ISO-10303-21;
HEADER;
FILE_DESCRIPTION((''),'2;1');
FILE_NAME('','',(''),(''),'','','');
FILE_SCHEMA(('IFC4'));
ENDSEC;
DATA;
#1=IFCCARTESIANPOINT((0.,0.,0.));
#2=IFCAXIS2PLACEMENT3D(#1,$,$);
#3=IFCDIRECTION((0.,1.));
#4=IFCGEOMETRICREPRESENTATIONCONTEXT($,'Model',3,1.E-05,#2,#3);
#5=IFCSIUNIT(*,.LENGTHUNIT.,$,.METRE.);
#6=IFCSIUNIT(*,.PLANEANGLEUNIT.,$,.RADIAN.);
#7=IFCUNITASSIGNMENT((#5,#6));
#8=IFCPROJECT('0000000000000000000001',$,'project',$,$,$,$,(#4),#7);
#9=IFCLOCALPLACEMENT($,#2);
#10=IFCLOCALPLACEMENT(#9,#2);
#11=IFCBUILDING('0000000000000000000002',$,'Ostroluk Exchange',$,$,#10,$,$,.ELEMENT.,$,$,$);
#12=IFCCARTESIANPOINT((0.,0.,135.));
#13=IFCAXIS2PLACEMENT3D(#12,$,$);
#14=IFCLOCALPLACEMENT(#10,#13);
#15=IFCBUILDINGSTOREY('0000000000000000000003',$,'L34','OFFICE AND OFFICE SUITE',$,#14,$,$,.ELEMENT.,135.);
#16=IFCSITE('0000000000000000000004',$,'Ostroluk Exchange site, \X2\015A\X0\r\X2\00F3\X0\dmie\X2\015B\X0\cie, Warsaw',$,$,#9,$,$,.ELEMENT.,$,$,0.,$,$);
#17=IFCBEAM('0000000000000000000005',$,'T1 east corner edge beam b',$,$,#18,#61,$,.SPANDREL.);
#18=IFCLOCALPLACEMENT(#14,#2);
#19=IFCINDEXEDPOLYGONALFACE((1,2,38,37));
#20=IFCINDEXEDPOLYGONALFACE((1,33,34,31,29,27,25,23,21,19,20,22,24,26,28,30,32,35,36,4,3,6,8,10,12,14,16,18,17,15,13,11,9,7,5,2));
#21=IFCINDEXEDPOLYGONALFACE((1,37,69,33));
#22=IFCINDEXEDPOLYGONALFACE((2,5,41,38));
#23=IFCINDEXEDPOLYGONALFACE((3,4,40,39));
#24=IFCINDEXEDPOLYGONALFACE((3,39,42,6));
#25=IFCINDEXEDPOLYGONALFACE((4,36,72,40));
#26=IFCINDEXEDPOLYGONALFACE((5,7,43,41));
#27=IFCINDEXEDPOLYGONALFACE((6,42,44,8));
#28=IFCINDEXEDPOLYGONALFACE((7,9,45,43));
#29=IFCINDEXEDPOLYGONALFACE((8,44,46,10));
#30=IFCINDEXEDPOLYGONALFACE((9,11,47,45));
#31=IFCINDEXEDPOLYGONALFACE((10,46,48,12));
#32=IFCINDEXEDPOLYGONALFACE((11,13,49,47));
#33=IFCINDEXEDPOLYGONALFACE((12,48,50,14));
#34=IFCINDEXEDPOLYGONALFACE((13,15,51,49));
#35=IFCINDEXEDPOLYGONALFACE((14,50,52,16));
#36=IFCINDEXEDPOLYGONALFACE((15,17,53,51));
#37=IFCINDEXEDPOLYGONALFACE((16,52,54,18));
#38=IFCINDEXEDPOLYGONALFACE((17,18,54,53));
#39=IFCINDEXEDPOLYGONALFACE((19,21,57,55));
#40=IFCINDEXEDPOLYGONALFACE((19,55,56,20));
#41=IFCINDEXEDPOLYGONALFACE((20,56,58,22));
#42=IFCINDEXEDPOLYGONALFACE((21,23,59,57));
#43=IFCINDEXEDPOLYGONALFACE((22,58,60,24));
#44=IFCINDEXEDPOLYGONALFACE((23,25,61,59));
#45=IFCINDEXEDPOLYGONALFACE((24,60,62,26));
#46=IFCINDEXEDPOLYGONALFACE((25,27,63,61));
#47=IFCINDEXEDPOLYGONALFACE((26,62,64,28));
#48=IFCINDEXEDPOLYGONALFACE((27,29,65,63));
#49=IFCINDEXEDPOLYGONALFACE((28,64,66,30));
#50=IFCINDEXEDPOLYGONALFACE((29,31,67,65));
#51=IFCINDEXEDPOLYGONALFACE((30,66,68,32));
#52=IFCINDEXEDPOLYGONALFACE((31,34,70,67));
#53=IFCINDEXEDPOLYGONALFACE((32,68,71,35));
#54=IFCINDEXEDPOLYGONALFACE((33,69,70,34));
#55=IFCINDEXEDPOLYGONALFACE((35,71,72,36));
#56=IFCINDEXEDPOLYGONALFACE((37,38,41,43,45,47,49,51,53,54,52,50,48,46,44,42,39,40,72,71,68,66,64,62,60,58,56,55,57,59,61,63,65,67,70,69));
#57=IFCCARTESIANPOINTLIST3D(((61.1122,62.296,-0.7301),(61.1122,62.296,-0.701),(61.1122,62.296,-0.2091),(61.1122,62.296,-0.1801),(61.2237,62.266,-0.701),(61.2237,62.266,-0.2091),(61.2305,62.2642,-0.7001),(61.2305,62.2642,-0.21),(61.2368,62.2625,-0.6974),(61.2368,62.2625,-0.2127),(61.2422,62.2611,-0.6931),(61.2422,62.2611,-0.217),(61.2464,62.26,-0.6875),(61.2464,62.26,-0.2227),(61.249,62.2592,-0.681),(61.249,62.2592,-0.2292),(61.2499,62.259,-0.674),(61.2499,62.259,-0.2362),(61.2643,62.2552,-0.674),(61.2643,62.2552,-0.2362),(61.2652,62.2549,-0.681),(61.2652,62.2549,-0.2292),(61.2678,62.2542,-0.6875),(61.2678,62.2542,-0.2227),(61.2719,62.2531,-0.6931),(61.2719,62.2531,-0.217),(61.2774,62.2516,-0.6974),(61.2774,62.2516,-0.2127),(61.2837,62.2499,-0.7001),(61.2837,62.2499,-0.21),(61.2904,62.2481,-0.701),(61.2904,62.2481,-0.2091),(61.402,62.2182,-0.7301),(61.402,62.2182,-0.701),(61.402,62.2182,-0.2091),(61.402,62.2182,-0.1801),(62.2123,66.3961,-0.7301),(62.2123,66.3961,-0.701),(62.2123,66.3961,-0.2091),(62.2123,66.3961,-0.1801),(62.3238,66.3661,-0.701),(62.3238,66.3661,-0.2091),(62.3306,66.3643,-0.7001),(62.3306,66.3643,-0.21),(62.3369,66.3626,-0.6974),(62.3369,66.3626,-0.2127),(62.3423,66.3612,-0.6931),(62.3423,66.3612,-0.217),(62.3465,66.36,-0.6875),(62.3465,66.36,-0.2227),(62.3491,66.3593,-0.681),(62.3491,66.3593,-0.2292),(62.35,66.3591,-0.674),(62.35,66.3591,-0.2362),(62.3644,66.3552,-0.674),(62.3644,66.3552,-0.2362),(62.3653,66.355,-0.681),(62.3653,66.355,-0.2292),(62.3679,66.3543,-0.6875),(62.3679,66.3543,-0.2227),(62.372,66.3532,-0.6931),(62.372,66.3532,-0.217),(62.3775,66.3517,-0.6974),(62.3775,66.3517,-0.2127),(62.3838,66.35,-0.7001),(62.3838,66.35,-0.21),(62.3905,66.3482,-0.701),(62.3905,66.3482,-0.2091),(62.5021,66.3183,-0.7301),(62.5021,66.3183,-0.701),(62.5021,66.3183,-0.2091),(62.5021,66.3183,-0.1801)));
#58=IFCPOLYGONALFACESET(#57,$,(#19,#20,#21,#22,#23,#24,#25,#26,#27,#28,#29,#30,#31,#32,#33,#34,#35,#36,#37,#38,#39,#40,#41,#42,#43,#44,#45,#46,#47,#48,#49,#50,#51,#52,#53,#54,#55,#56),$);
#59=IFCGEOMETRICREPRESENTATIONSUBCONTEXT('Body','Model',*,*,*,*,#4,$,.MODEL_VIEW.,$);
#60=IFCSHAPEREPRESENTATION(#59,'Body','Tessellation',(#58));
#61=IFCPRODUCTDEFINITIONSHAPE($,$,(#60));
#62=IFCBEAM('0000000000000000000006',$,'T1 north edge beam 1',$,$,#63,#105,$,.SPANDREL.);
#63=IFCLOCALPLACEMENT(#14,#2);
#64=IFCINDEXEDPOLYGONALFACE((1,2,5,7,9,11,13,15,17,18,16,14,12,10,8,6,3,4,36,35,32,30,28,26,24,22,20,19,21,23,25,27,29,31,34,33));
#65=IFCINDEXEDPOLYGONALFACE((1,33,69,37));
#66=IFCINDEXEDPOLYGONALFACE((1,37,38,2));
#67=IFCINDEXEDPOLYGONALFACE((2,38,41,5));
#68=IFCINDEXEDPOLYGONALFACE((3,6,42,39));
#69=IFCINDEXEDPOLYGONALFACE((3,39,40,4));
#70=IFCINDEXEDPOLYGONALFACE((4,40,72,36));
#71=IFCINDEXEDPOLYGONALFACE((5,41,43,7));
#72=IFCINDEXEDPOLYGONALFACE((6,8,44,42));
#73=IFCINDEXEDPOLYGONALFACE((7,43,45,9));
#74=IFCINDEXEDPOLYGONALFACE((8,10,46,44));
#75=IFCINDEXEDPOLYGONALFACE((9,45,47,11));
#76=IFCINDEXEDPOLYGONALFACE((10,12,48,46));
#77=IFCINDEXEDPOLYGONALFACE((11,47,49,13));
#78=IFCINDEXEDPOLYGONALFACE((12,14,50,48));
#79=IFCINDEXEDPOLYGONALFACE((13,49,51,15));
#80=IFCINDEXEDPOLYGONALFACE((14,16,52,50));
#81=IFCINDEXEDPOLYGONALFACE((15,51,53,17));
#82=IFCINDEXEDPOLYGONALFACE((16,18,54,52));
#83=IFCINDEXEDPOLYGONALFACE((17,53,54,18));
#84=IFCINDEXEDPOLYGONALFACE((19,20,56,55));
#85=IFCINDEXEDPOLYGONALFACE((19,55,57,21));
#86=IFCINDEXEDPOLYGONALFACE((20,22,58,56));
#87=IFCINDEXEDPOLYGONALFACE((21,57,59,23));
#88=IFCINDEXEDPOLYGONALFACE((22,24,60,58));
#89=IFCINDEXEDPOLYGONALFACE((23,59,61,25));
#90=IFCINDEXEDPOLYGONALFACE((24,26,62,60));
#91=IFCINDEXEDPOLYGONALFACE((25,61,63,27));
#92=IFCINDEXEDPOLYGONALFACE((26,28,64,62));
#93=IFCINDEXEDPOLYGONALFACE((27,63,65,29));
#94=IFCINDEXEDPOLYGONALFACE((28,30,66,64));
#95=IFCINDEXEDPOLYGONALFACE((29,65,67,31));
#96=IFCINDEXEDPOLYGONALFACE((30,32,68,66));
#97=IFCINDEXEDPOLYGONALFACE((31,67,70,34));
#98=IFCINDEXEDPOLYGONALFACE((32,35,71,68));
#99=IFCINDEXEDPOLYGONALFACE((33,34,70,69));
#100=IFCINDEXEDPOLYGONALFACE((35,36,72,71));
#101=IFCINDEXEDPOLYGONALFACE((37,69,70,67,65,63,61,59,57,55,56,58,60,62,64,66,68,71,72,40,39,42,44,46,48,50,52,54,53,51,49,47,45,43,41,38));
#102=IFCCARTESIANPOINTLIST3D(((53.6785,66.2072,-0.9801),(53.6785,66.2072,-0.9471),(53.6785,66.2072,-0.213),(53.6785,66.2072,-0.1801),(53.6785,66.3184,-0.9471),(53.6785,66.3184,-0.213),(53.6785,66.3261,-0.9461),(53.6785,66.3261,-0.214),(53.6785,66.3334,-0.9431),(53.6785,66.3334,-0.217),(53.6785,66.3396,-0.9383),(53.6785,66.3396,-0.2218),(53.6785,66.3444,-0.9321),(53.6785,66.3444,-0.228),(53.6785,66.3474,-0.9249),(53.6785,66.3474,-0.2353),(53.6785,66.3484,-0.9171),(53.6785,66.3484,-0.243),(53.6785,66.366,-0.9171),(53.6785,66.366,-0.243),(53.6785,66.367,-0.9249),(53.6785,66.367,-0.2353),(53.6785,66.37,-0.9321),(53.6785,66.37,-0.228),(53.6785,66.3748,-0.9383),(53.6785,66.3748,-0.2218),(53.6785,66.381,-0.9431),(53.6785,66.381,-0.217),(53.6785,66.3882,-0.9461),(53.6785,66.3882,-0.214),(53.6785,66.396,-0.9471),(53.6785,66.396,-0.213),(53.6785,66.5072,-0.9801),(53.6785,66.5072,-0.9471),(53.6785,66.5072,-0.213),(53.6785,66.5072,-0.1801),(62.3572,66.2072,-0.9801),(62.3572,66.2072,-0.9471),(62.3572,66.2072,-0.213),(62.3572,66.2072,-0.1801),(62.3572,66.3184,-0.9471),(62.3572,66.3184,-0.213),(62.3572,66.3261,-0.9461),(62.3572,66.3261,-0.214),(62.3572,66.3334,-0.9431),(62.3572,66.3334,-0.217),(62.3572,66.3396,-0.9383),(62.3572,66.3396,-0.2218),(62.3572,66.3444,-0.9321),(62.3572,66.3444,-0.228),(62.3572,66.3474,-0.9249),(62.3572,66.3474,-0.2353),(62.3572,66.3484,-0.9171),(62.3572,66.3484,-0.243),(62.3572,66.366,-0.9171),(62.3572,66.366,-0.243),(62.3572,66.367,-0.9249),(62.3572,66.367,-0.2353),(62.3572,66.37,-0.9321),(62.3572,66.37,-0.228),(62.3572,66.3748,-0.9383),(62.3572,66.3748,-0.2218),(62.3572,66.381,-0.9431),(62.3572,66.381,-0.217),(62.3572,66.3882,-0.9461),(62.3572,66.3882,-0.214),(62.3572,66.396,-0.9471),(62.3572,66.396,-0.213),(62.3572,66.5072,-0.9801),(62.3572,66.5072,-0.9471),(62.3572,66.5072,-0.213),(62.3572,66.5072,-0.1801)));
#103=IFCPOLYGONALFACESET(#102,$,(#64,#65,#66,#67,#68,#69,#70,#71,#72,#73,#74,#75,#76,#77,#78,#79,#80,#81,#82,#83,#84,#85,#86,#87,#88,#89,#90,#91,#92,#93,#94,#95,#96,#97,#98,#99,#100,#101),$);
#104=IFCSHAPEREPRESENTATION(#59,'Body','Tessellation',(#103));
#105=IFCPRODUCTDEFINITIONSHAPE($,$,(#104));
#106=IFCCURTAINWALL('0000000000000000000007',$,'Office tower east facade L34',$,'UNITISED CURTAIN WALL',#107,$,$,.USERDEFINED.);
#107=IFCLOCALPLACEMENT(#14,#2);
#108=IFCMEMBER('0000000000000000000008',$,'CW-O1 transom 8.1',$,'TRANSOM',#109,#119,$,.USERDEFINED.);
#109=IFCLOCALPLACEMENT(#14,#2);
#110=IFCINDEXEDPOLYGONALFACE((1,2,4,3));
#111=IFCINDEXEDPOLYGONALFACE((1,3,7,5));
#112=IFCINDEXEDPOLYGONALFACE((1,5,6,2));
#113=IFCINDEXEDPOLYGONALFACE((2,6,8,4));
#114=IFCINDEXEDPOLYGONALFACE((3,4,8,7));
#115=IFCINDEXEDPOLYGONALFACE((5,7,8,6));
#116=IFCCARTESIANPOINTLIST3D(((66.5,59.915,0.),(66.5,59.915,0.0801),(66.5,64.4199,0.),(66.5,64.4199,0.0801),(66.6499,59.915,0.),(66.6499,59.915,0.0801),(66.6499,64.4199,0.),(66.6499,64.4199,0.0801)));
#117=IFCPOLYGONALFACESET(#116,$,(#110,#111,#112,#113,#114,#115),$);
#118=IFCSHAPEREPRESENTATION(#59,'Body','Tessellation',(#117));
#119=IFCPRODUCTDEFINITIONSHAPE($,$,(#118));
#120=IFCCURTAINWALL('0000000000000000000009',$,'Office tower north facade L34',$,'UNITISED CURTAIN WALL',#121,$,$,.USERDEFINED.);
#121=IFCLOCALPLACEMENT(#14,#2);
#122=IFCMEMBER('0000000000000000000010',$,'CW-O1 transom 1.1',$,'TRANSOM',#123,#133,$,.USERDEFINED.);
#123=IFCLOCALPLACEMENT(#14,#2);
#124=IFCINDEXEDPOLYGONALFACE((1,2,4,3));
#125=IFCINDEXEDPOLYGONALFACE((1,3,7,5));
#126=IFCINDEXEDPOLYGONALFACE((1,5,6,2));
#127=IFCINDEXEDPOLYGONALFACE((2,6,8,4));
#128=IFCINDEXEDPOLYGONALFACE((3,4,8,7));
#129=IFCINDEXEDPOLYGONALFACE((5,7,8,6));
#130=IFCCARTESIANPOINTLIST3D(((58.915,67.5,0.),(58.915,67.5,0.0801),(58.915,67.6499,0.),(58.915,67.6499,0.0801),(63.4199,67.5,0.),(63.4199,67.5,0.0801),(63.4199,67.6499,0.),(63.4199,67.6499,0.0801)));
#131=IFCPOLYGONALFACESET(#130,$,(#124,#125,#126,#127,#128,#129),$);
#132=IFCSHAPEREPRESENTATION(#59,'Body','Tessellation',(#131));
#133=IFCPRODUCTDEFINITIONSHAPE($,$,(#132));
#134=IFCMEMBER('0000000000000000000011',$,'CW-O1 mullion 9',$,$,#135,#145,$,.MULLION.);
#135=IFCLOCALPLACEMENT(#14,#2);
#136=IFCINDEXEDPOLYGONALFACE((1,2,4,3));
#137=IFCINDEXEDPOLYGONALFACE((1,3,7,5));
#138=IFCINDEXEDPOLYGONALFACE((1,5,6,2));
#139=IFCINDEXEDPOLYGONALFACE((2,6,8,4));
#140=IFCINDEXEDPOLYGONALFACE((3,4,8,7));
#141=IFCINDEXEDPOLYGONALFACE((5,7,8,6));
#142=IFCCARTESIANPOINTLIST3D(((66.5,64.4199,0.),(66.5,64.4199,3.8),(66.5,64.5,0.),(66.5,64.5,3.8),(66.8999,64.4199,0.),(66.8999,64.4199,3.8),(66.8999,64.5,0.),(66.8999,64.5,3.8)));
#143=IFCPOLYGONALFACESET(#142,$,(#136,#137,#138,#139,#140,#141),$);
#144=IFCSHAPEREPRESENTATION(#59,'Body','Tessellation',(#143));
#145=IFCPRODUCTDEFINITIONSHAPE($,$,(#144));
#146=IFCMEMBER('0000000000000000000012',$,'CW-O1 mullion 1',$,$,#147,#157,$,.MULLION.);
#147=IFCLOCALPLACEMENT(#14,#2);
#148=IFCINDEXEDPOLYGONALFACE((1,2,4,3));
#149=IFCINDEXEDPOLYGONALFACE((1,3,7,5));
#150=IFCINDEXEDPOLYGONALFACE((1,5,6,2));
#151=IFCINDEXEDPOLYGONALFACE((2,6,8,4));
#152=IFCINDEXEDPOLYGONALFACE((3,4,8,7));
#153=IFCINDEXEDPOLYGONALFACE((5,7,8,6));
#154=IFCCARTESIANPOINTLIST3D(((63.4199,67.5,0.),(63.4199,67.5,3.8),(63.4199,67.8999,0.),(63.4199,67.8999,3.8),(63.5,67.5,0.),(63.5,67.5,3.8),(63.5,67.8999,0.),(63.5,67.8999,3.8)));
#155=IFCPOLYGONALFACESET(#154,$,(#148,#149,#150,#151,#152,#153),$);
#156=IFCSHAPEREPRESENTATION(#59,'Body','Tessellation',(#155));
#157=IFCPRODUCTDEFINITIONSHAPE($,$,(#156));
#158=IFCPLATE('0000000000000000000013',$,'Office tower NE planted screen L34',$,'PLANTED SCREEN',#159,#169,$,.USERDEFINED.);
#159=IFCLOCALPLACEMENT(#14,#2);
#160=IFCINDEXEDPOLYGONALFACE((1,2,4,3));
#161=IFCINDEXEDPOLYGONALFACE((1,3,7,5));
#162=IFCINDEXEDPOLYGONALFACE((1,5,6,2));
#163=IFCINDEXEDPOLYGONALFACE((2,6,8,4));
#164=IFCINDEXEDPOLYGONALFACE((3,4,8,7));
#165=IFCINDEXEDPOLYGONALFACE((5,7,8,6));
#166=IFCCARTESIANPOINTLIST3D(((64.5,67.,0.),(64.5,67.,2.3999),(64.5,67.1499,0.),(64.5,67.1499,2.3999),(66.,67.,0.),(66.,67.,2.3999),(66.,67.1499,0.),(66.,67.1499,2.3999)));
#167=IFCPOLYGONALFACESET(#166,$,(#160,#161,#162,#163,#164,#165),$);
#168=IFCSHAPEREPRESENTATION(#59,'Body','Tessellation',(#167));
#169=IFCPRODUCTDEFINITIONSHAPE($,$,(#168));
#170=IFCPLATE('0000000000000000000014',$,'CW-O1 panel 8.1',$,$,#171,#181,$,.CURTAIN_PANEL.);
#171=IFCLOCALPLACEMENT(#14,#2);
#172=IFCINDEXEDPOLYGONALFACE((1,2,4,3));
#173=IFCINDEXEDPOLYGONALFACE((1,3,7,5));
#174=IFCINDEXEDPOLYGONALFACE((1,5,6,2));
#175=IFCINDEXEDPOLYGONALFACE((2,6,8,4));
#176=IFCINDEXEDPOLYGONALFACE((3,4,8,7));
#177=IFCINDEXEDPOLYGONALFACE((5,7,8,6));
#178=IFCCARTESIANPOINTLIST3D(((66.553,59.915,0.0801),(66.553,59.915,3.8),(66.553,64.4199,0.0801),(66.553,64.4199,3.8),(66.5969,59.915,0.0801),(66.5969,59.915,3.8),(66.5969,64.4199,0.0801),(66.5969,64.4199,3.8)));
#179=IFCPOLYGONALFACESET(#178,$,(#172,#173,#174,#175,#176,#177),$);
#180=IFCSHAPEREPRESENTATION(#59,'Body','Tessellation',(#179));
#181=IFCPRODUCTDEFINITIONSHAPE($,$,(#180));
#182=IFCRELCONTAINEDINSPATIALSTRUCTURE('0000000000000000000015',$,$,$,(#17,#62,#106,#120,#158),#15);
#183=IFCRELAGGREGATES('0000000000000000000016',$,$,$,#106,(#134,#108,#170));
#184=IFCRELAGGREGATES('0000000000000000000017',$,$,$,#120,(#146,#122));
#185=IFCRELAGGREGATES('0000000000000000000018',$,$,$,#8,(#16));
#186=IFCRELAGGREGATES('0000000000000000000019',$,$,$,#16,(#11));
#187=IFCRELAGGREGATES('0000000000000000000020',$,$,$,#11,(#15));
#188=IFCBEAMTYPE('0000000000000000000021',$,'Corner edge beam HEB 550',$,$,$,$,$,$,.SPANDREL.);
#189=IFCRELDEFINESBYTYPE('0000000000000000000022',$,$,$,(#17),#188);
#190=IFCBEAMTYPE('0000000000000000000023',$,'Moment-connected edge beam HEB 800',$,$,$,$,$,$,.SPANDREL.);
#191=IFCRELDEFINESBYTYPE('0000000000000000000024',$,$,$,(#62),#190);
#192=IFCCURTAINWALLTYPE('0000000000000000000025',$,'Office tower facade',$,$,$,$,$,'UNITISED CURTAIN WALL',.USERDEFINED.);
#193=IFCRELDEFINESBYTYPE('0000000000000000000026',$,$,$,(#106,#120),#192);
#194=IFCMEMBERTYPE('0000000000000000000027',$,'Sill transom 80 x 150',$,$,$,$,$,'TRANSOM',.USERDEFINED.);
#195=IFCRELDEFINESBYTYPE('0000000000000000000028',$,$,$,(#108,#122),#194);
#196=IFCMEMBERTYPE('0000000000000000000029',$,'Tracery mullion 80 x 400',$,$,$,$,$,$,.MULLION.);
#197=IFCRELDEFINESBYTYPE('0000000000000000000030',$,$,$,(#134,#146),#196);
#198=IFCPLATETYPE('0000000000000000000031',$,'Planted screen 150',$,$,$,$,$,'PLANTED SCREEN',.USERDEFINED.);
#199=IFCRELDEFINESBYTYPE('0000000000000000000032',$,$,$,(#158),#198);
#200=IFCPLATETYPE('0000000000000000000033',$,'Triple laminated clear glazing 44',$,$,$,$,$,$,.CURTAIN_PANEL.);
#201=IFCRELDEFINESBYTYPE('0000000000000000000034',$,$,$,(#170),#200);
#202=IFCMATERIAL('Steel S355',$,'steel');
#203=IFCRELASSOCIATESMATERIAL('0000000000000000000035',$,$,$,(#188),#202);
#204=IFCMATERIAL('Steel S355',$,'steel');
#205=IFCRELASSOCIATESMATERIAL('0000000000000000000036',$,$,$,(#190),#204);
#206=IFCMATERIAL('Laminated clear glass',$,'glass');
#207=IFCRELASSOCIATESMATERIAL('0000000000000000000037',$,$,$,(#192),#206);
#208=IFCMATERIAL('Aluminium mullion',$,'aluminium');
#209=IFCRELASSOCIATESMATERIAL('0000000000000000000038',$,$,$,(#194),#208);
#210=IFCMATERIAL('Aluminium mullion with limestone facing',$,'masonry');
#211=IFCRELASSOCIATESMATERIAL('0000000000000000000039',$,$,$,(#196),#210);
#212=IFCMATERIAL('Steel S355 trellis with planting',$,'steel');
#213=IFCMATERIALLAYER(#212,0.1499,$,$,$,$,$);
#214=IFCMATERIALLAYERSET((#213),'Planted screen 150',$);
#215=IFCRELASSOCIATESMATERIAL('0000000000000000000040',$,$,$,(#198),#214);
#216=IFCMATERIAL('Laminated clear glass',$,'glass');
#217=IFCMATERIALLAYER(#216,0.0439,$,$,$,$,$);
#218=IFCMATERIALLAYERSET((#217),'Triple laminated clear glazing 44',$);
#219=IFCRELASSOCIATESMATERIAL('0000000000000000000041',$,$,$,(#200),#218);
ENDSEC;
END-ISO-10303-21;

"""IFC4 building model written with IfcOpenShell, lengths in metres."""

from ifc_helpers import new_model, si_unit, direction, frame, origin, origin_2d, place, context, subcontext, project, spatial, rectangle, i_section, extrude, material, layer, layer_set, material_profile, profile_set, type_object, element, aggregate, save


model = new_model("IFC4")

# Units and contexts
model_context = context("Model", 3, precision=1e-05, world=origin(), true_north=direction((0.0, 1.0)))
body_context = subcontext(model_context, "Body", "Model", "MODEL_VIEW")
ifc_project = project(units=[si_unit("LENGTHUNIT", "METRE"), si_unit("PLANEANGLEUNIT", "RADIAN")], contexts=[model_context])

# Site, building, storey
site_placement = place(None, origin())
site = spatial("IfcSite", under=ifc_project, at=site_placement, Name="Ostroluk Exchange site, Śródmieście, Warsaw", CompositionType="ELEMENT", RefElevation=0.0)
building_placement = place(site_placement, origin())
building = spatial("IfcBuilding", under=site, at=building_placement, Name="Ostroluk Exchange", CompositionType="ELEMENT")
storey_placement = place(building_placement, frame((0.0, 0.0, 135.0)))
storey = spatial("IfcBuildingStorey", under=building, at=storey_placement, Name="L34", Description="OFFICE AND OFFICE SUITE", CompositionType="ELEMENT", Elevation=135.0)

# Beams
ifc_material_1 = material(Name="Steel S355", Category="steel")
ifc_material_profile_1 = material_profile(ifc_material_1, i_section(OverallWidth=0.3, OverallDepth=0.55, WebThickness=0.0149, FlangeThickness=0.0291, FilletRadius=0.0271, at=origin_2d()), Name="HEB 550")
ifc_profile_set_1 = profile_set([ifc_material_profile_1], Name="Steel S355")
beam_type_1 = type_object("IfcBeamType", Name="Corner edge beam HEB 550", PredefinedType="SPANDREL", material=ifc_profile_set_1)
for number, where, z_axis, x_axis, name in (
    (1, (61.2571, 62.2571, -0.4551), (0.259144, 0.965839, 0.0), (-0.965839, 0.259144, 0.0), "T1 east corner edge beam b"),
):
    element("IfcBeam", number, at=place(storey_placement, frame(where, z_axis=z_axis, x_axis=x_axis)), inside=storey, type_object=beam_type_1, Name=name, PredefinedType="SPANDREL", context=body_context, shape_type="SweptSolid", body=[
        extrude(i_section(OverallWidth=0.3, OverallDepth=0.55, WebThickness=0.0149, FlangeThickness=0.0291, FilletRadius=0.0271, at=origin_2d()), origin(), (0.0, 0.0, 1.0), 4.2451),
    ])
ifc_material_2 = material(Name="Steel S355", Category="steel")
ifc_material_profile_2 = material_profile(ifc_material_2, i_section(OverallWidth=0.3, OverallDepth=0.8, WebThickness=0.0176, FlangeThickness=0.033, FilletRadius=0.03, at=origin_2d()), Name="HEB 800")
ifc_profile_set_2 = profile_set([ifc_material_profile_2], Name="Steel S355")
beam_type_2 = type_object("IfcBeamType", Name="Moment-connected edge beam HEB 800", PredefinedType="SPANDREL", material=ifc_profile_set_2)
beam_1_placement = place(storey_placement, frame((62.3572, 66.3572, -0.5801), z_axis=(-1.0, 0.0, 0.0), x_axis=(0.0, -1.0, 0.0)))
element("IfcBeam", 2, at=beam_1_placement, inside=storey, type_object=beam_type_2, Name="T1 north edge beam 1", PredefinedType="SPANDREL", context=body_context, shape_type="SweptSolid", body=[
    extrude(i_section(OverallWidth=0.3, OverallDepth=0.8, WebThickness=0.0176, FlangeThickness=0.033, FilletRadius=0.03, at=origin_2d()), origin(), (0.0, 0.0, 1.0), 8.6787),
])

# Curtain walls, members
ifc_material_3 = material(Name="Laminated clear glass", Category="glass")
curtain_wall_type = type_object("IfcCurtainWallType", Name="Office tower facade", ElementType="UNITISED CURTAIN WALL", PredefinedType="USERDEFINED", material=ifc_material_3)
curtain_wall_1_placement = place(storey_placement, origin())
curtain_wall_1 = element("IfcCurtainWall", 3, at=curtain_wall_1_placement, inside=storey, type_object=curtain_wall_type, Name="Office tower east facade L34", ObjectType="UNITISED CURTAIN WALL", PredefinedType="USERDEFINED")
ifc_material_4 = material(Name="Aluminium mullion", Category="aluminium")
ifc_material_profile_3 = material_profile(ifc_material_4, rectangle(XDim=0.1499, YDim=0.0801, at=origin_2d()), Name="Sill transom 80 x 150")
ifc_profile_set_3 = profile_set([ifc_material_profile_3], Name="Aluminium mullion")
member_type_1 = type_object("IfcMemberType", Name="Sill transom 80 x 150", ElementType="TRANSOM", PredefinedType="USERDEFINED", material=ifc_profile_set_3)
member_1_placement = place(storey_placement, frame((66.575, 59.915, 0.04), z_axis=(0.0, 1.0, 0.0), x_axis=(-1.0, 0.0, 0.0)))
member_1 = element("IfcMember", 4, at=member_1_placement, type_object=member_type_1, Name="CW-O1 transom 8.1", ObjectType="TRANSOM", PredefinedType="USERDEFINED", context=body_context, shape_type="SweptSolid", body=[
    extrude(rectangle(XDim=0.1499, YDim=0.0801, at=origin_2d()), origin(), (0.0, 0.0, 1.0), 4.5049),
])
curtain_wall_2_placement = place(storey_placement, origin())
curtain_wall_2 = element("IfcCurtainWall", 5, at=curtain_wall_2_placement, inside=storey, type_object=curtain_wall_type, Name="Office tower north facade L34", ObjectType="UNITISED CURTAIN WALL", PredefinedType="USERDEFINED")
member_2_placement = place(storey_placement, frame((63.4199, 67.575, 0.04), z_axis=(-1.0, 0.0, 0.0), x_axis=(0.0, -1.0, 0.0)))
member_2 = element("IfcMember", 6, at=member_2_placement, type_object=member_type_1, Name="CW-O1 transom 1.1", ObjectType="TRANSOM", PredefinedType="USERDEFINED", context=body_context, shape_type="SweptSolid", body=[
    extrude(rectangle(XDim=0.1499, YDim=0.0801, at=origin_2d()), origin(), (0.0, 0.0, 1.0), 4.5049),
])

# Members
ifc_material_5 = material(Name="Aluminium mullion with limestone facing", Category="masonry")
ifc_material_profile_4 = material_profile(ifc_material_5, rectangle(XDim=0.3999, YDim=0.0801, at=origin_2d()), Name="Tracery mullion 80 x 400")
ifc_profile_set_4 = profile_set([ifc_material_profile_4], Name="Aluminium mullion with limestone facing")
member_type_2 = type_object("IfcMemberType", Name="Tracery mullion 80 x 400", PredefinedType="MULLION", material=ifc_profile_set_4)
member_3_placement = place(storey_placement, frame((66.7, 64.46, 0.0), z_axis=(0.0, 0.0, 1.0), x_axis=(-1.0, 0.0, 0.0)))
member_3 = element("IfcMember", 7, at=member_3_placement, type_object=member_type_2, Name="CW-O1 mullion 9", PredefinedType="MULLION", context=body_context, shape_type="SweptSolid", body=[
    extrude(rectangle(XDim=0.3999, YDim=0.0801, at=origin_2d()), origin(), (0.0, 0.0, 1.0), 3.8),
])
member_4_placement = place(storey_placement, frame((63.46, 67.7, 0.0), z_axis=(0.0, 0.0, 1.0), x_axis=(0.0, -1.0, 0.0)))
member_4 = element("IfcMember", 8, at=member_4_placement, type_object=member_type_2, Name="CW-O1 mullion 1", PredefinedType="MULLION", context=body_context, shape_type="SweptSolid", body=[
    extrude(rectangle(XDim=0.3999, YDim=0.0801, at=origin_2d()), origin(), (0.0, 0.0, 1.0), 3.8),
])

# Plates
ifc_material_6 = material(Name="Steel S355 trellis with planting", Category="steel")
ifc_layer_1 = layer(ifc_material_6, 0.1499)
ifc_layer_set_1 = layer_set([ifc_layer_1], Name="Planted screen 150")
plate_type_1 = type_object("IfcPlateType", Name="Planted screen 150", ElementType="PLANTED SCREEN", PredefinedType="USERDEFINED", material=ifc_layer_set_1)
plate_1_placement = place(storey_placement, frame((65.25, 67.075, 0.0), z_axis=(0.0, 0.0, 1.0), x_axis=(1.0, 0.0, 0.0)))
element("IfcPlate", 9, at=plate_1_placement, inside=storey, type_object=plate_type_1, Name="Office tower NE planted screen L34", ObjectType="PLANTED SCREEN", PredefinedType="USERDEFINED", context=body_context, shape_type="SweptSolid", body=[
    extrude(rectangle(XDim=1.5, YDim=0.1499, at=origin_2d()), origin(), (0.0, 0.0, 1.0), 2.3999),
])
ifc_material_7 = material(Name="Laminated clear glass", Category="glass")
ifc_layer_2 = layer(ifc_material_7, 0.0439)
ifc_layer_set_2 = layer_set([ifc_layer_2], Name="Triple laminated clear glazing 44")
plate_type_2 = type_object("IfcPlateType", Name="Triple laminated clear glazing 44", PredefinedType="CURTAIN_PANEL", material=ifc_layer_set_2)
plate_2_placement = place(storey_placement, frame((66.575, 62.1675, 0.0801), z_axis=(0.0, 0.0, 1.0), x_axis=(0.0, 1.0, 0.0)))
plate_2 = element("IfcPlate", 10, at=plate_2_placement, type_object=plate_type_2, Name="CW-O1 panel 8.1", PredefinedType="CURTAIN_PANEL", context=body_context, shape_type="SweptSolid", body=[
    extrude(rectangle(XDim=4.5049, YDim=0.0439, at=origin_2d()), origin(), (0.0, 0.0, 1.0), 3.72),
])
aggregate(curtain_wall_1, [member_3, member_1, plate_2])
aggregate(curtain_wall_2, [member_4, member_2])

save(model, "model.ifc")
